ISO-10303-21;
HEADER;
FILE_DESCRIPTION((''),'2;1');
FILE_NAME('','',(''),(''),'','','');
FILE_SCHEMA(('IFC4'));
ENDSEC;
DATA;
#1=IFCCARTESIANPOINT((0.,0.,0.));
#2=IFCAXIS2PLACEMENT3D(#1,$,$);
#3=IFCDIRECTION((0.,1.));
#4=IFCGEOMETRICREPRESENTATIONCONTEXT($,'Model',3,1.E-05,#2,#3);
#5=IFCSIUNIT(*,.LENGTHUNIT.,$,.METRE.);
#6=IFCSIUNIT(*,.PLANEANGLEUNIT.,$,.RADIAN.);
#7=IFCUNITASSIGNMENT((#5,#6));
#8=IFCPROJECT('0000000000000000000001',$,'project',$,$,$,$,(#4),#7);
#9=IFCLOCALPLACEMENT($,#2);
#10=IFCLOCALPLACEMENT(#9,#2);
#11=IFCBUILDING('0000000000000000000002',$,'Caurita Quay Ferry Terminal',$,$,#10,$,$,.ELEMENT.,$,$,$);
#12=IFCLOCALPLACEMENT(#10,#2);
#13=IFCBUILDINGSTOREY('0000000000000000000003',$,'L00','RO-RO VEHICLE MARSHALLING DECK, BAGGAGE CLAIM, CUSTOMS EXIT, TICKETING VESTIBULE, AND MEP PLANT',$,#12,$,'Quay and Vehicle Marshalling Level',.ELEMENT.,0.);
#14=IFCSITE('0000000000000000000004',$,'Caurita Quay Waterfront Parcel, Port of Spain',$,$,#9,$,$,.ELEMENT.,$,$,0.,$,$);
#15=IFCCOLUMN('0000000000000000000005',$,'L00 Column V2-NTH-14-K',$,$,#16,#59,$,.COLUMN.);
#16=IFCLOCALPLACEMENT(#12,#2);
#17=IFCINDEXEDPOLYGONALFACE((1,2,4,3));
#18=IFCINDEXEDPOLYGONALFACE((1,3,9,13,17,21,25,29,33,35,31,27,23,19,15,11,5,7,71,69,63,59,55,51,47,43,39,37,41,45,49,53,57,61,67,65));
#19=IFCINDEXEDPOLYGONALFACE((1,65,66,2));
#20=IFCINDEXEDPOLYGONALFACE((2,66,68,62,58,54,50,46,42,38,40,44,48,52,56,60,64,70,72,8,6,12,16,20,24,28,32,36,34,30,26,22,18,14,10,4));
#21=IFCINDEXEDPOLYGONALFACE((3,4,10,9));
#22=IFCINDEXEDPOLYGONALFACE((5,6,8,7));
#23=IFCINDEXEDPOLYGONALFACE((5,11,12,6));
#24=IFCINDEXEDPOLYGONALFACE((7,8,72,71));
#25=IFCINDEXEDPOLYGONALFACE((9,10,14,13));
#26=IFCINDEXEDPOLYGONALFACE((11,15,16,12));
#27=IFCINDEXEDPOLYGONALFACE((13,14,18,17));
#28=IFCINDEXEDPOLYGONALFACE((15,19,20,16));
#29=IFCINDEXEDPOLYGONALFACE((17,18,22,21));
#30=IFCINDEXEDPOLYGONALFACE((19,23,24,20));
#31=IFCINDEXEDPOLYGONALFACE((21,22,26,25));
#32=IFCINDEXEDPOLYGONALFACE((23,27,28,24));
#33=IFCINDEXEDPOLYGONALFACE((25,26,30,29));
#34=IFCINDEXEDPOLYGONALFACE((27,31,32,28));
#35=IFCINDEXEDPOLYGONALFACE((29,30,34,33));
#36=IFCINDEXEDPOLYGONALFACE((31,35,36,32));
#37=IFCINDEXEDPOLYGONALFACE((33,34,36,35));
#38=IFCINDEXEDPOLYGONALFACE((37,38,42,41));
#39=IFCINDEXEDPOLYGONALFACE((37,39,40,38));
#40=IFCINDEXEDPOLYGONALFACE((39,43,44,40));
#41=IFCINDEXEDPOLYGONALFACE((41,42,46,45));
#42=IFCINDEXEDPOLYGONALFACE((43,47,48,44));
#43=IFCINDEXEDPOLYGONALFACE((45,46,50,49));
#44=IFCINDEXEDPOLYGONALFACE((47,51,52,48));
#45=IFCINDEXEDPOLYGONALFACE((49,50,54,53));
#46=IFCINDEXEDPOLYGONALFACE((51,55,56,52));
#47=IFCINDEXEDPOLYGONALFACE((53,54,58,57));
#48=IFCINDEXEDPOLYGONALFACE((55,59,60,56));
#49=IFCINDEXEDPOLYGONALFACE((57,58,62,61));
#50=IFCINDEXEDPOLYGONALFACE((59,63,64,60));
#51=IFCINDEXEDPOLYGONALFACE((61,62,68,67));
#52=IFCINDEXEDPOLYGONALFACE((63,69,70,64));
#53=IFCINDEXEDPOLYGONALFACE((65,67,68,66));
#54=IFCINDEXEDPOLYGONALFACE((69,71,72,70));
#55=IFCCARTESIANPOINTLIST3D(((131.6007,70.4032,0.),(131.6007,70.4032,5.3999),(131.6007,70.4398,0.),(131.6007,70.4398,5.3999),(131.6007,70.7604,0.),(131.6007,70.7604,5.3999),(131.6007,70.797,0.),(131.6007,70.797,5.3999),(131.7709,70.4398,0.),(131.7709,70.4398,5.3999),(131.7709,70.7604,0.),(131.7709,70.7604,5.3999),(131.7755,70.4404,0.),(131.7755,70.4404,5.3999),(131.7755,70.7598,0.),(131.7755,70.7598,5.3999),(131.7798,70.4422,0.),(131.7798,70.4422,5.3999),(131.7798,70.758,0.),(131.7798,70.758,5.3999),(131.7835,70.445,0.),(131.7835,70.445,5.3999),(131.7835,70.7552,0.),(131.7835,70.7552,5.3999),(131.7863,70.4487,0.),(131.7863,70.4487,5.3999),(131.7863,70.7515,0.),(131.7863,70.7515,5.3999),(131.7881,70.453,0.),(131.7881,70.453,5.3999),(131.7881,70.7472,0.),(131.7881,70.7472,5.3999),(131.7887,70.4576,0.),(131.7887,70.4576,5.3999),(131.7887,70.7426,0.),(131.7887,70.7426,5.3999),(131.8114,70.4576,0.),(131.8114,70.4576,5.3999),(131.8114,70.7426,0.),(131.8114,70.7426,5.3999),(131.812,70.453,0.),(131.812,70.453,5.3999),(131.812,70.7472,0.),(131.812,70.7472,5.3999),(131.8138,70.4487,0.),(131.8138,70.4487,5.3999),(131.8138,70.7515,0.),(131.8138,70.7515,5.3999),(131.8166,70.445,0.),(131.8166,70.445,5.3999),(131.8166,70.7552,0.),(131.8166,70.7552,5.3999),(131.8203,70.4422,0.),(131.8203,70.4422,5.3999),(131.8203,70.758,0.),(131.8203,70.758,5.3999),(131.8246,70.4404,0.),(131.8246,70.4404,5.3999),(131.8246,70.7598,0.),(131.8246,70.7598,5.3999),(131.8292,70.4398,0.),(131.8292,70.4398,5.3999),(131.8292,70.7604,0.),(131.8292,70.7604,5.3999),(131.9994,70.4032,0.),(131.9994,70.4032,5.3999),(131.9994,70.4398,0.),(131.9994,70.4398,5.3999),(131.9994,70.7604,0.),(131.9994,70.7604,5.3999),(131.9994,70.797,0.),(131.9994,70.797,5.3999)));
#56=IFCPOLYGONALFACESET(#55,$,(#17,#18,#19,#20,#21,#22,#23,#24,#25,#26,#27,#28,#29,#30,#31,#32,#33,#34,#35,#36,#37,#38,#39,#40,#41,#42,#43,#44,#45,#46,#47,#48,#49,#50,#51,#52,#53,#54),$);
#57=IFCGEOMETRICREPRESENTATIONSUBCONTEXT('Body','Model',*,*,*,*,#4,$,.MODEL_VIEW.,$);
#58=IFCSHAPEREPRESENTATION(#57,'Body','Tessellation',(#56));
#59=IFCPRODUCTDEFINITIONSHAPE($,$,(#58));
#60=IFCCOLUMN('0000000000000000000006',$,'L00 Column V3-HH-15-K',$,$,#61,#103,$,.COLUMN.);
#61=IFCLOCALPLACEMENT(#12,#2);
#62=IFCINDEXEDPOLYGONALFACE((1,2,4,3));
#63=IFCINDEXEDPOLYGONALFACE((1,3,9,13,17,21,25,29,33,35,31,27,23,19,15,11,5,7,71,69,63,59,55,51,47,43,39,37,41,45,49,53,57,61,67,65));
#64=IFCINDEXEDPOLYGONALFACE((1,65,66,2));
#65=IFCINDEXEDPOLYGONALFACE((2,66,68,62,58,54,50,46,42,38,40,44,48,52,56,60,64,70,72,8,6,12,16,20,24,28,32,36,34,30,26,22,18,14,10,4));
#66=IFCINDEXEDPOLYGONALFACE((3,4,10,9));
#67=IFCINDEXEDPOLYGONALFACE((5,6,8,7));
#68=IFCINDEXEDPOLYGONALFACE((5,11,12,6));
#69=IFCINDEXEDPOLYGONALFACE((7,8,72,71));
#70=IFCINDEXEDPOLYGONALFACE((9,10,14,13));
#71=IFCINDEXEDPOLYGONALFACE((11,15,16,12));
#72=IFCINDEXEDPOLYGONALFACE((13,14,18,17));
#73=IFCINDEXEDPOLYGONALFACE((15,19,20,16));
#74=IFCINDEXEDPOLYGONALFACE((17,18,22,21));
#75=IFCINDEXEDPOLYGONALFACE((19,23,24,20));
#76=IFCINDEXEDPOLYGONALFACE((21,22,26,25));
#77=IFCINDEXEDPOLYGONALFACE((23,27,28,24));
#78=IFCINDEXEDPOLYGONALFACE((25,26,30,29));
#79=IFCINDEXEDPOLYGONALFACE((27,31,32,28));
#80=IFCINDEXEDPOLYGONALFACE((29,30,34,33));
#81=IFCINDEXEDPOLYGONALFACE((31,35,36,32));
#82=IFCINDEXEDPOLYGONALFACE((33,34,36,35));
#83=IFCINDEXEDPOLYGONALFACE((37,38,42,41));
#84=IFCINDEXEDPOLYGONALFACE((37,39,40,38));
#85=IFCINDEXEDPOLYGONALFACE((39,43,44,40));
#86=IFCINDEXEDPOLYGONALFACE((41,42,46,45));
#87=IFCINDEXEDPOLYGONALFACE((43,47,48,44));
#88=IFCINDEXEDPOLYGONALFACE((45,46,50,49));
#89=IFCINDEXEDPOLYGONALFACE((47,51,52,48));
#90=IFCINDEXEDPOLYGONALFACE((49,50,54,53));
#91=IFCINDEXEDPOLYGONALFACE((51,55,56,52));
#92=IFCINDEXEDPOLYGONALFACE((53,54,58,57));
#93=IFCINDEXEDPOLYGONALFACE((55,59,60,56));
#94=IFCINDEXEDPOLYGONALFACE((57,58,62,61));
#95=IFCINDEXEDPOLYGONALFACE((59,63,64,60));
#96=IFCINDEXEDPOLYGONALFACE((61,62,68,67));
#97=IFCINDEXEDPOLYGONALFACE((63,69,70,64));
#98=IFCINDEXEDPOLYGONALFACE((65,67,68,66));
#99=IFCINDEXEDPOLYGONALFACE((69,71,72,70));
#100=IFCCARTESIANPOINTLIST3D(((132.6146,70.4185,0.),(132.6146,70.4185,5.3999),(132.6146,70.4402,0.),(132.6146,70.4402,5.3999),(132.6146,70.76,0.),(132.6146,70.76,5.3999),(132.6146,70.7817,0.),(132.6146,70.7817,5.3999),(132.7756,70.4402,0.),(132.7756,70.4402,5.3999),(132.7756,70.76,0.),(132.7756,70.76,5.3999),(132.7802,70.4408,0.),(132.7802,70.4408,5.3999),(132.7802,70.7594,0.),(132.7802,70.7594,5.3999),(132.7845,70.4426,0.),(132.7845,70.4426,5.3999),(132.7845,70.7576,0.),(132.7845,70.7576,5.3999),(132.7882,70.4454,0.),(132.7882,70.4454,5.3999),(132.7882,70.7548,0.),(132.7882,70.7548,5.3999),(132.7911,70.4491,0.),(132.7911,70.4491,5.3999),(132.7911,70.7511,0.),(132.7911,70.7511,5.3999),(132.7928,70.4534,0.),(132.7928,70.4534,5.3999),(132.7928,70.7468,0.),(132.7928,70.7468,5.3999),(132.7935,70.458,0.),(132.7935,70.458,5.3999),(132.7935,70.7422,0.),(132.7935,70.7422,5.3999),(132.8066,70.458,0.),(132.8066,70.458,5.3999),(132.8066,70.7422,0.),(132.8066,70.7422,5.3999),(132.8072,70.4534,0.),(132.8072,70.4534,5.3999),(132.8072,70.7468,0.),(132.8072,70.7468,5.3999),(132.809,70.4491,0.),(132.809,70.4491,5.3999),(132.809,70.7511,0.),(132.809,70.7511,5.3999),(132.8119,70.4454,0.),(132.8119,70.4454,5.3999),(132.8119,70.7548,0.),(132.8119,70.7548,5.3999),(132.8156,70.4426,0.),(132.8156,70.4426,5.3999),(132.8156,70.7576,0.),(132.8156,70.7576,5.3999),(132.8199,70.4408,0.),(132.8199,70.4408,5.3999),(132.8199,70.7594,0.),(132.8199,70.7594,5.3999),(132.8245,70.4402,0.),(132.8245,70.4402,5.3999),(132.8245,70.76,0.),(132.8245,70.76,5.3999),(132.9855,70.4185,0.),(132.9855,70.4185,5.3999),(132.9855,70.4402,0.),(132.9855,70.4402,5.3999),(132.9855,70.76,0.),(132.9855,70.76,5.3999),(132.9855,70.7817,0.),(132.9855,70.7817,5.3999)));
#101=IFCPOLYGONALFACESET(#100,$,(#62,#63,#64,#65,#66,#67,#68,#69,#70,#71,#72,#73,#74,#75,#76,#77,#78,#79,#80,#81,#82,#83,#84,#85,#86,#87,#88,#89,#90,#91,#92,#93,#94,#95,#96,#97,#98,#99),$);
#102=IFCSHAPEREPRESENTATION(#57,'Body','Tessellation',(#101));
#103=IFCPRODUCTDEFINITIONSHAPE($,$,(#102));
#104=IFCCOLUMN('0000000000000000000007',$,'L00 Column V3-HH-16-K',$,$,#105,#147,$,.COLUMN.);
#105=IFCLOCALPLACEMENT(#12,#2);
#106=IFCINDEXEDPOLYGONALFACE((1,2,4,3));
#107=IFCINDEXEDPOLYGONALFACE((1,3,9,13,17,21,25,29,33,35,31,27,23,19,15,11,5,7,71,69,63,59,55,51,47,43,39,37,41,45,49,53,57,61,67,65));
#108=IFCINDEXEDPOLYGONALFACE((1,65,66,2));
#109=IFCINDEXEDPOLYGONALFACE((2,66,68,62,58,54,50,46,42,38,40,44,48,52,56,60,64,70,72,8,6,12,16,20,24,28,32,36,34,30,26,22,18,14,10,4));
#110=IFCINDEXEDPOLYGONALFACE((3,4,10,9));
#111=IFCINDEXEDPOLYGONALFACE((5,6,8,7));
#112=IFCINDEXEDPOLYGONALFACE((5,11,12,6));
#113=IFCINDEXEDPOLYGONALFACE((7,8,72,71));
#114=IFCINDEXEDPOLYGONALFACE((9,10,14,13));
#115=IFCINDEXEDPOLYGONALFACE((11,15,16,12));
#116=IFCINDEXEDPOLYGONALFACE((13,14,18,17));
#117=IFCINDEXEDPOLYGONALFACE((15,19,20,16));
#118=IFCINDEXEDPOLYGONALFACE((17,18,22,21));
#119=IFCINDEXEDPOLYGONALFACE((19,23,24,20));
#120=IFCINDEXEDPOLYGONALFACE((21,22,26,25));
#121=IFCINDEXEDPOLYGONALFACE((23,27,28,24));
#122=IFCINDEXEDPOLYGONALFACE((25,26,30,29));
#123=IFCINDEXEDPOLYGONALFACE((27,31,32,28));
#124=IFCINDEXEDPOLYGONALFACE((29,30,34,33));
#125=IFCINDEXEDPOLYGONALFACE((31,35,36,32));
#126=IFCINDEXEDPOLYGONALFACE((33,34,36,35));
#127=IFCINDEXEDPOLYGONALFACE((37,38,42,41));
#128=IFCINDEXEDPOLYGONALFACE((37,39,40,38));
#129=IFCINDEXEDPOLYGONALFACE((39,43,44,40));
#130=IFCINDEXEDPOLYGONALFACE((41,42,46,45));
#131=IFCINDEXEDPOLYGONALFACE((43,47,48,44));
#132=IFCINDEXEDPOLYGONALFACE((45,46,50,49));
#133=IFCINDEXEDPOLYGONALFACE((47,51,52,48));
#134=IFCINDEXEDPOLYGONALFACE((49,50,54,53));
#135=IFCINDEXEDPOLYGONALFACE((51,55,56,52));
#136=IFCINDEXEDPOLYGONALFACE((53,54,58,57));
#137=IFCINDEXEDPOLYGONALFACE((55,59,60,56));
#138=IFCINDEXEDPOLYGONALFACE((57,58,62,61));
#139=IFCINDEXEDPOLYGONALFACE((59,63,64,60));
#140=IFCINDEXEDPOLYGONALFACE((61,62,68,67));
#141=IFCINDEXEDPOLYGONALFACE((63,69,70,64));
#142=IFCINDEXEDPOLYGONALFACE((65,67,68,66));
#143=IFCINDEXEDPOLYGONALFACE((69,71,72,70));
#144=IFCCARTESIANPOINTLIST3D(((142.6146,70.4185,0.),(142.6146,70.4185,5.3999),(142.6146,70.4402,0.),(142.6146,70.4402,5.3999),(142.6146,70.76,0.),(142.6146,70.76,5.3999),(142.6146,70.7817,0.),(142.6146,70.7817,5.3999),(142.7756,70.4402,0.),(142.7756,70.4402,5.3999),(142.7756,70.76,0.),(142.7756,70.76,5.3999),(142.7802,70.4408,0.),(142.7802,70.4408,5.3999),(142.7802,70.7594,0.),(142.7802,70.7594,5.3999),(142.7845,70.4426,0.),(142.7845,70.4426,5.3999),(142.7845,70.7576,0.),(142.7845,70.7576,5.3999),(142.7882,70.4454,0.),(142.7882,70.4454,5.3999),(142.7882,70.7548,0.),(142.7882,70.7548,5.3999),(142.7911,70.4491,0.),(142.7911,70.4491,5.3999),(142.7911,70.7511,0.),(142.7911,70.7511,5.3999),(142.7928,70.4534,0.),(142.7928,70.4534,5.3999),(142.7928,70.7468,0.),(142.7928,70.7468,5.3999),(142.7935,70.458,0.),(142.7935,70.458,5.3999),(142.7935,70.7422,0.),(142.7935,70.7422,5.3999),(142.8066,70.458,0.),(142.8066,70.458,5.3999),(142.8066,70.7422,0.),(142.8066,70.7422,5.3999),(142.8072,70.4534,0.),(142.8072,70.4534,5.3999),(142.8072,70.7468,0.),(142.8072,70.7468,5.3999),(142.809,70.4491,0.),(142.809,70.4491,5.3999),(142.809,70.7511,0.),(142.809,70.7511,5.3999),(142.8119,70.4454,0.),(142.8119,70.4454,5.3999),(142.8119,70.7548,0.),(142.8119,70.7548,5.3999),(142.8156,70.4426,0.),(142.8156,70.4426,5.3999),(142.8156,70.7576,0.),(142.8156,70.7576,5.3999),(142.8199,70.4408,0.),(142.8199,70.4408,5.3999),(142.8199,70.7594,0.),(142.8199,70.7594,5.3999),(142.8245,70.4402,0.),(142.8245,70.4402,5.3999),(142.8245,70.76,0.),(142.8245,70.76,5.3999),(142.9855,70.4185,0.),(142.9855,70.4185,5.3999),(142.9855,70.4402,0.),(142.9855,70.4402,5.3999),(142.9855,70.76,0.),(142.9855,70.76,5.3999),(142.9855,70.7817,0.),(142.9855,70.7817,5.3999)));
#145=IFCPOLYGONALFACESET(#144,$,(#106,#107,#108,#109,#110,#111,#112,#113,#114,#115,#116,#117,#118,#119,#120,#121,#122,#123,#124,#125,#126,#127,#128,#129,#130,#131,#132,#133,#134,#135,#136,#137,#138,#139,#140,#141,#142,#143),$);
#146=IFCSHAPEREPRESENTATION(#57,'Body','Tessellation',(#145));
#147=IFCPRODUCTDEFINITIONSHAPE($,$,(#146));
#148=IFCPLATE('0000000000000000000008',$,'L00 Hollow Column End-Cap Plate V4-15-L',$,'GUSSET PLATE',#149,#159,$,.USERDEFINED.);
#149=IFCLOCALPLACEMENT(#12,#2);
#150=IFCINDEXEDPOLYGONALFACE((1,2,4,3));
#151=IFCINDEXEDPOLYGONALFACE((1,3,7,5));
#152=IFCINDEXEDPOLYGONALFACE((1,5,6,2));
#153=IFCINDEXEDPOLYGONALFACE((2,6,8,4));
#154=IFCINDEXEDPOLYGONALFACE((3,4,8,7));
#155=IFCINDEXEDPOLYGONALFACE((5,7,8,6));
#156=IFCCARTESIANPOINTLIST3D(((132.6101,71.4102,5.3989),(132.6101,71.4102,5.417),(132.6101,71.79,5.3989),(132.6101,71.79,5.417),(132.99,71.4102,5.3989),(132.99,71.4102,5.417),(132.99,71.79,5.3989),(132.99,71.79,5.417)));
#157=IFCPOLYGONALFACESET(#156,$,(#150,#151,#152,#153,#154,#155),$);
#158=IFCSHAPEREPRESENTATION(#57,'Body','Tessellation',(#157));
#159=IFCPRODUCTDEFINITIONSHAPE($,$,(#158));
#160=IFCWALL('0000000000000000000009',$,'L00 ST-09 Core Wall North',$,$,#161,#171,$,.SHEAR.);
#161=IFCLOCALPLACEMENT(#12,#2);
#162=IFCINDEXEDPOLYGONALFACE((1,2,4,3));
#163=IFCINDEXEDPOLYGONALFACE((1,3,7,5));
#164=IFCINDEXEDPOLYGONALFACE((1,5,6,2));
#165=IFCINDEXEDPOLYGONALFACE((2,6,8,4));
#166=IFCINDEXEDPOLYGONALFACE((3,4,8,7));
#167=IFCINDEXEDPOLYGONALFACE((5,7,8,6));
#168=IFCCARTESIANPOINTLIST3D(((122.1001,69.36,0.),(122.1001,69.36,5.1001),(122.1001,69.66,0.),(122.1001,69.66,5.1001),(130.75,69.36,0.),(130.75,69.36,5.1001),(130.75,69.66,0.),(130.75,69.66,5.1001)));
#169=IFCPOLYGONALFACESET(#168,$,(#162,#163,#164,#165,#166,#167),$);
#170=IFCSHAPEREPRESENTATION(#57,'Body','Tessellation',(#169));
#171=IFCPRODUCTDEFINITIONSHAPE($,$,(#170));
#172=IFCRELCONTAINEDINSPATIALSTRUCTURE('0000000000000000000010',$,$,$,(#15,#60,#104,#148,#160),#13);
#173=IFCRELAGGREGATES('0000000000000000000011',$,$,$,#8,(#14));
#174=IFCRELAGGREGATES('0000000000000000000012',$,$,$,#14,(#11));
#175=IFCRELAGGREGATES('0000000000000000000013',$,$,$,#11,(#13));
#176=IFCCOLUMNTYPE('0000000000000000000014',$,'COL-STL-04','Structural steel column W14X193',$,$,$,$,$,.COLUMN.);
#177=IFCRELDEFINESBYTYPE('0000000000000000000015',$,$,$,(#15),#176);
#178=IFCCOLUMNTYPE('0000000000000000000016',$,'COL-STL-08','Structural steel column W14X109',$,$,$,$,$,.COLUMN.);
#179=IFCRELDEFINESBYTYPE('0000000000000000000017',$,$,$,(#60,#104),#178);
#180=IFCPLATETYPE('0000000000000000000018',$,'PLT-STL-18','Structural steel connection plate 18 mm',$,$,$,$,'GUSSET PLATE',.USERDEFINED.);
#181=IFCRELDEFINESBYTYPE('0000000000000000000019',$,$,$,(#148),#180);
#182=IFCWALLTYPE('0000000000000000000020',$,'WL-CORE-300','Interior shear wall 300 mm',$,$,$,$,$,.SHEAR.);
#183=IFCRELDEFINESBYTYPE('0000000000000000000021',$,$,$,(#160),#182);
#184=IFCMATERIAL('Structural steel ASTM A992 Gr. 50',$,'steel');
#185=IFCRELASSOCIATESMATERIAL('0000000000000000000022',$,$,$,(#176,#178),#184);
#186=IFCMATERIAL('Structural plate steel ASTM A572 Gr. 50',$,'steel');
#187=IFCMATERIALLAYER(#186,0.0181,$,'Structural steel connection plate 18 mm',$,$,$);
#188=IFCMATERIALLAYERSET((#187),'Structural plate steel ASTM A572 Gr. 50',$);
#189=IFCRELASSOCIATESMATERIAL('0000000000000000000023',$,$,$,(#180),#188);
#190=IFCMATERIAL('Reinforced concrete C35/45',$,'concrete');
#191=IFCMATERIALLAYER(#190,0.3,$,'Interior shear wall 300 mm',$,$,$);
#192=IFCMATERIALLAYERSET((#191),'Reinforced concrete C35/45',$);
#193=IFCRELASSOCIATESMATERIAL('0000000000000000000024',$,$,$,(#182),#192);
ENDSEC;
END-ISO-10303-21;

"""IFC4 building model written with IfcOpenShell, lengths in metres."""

from ifc_helpers import new_model, si_unit, direction, frame, frame_2d, origin, origin_2d, place, context, subcontext, project, spatial, rectangle, i_section, extrude, material, layer, layer_set, material_profile, profile_set, type_object, element, save


model = new_model("IFC4")

# Units and contexts
model_context = context("Model", 3, precision=1e-05, world=origin(), true_north=direction((0.0, 1.0)))
body_context = subcontext(model_context, "Body", "Model", "MODEL_VIEW")
ifc_project = project(units=[si_unit("LENGTHUNIT", "METRE"), si_unit("PLANEANGLEUNIT", "RADIAN")], contexts=[model_context])

# Site, building, storey
site_placement = place(None, origin())
site = spatial("IfcSite", under=ifc_project, at=site_placement, Name="Caurita Quay Waterfront Parcel, Port of Spain", CompositionType="ELEMENT", RefElevation=0.0)
building_placement = place(site_placement, origin())
building = spatial("IfcBuilding", under=site, at=building_placement, Name="Caurita Quay Ferry Terminal", CompositionType="ELEMENT")
storey_placement = place(building_placement, origin())
storey = spatial("IfcBuildingStorey", under=building, at=storey_placement, Name="L00", Description="RO-RO VEHICLE MARSHALLING DECK, BAGGAGE CLAIM, CUSTOMS EXIT, TICKETING VESTIBULE, AND MEP PLANT", LongName="Quay and Vehicle Marshalling Level", CompositionType="ELEMENT", Elevation=0.0)

# Columns
ifc_material_1 = material(Name="Structural steel ASTM A992 Gr. 50", Category="steel")
ifc_material_profile_1 = material_profile(ifc_material_1, i_section(OverallWidth=0.3987, OverallDepth=0.3938, WebThickness=0.0227, FlangeThickness=0.0366, FilletRadius=0.0178, at=origin_2d()), Name="W14X193")
ifc_profile_set_1 = profile_set([ifc_material_profile_1], Name="Structural steel ASTM A992 Gr. 50")
column_type_1 = type_object("IfcColumnType", Name="COL-STL-04", Description="Structural steel column W14X193", PredefinedType="COLUMN", material=ifc_profile_set_1)
column_1_placement = place(storey_placement, frame((131.8, 70.6001, 0.0), z_axis=(0.0, 0.0, 1.0), x_axis=(1.0, 0.0, 0.0)))
element("IfcColumn", 1, at=column_1_placement, inside=storey, type_object=column_type_1, Name="L00 Column V2-NTH-14-K", PredefinedType="COLUMN", context=body_context, shape_type="SweptSolid", body=[
    extrude(i_section(OverallWidth=0.3987, OverallDepth=0.3938, WebThickness=0.0227, FlangeThickness=0.0366, FilletRadius=0.0178, at=origin_2d()), origin(), (0.0, 0.0, 1.0), 5.3999),
])
ifc_material_profile_2 = material_profile(ifc_material_1, i_section(OverallWidth=0.3708, OverallDepth=0.3633, WebThickness=0.0132, FlangeThickness=0.0217, FilletRadius=0.0178, at=origin_2d()), Name="W14X109")
ifc_profile_set_2 = profile_set([ifc_material_profile_2], Name="Structural steel ASTM A992 Gr. 50")
column_type_2 = type_object("IfcColumnType", Name="COL-STL-08", Description="Structural steel column W14X109", PredefinedType="COLUMN", material=ifc_profile_set_2)
for number, where, z_axis, x_axis, name in (
    (2, (132.8, 70.6001, 0.0), (0.0, 0.0, 1.0), (1.0, 0.0, 0.0), "L00 Column V3-HH-15-K"),
    (3, (142.8, 70.6001, 0.0), (0.0, 0.0, 1.0), (1.0, 0.0, 0.0), "L00 Column V3-HH-16-K"),
):
    element("IfcColumn", number, at=place(storey_placement, frame(where, z_axis=z_axis, x_axis=x_axis)), inside=storey, type_object=column_type_2, Name=name, PredefinedType="COLUMN", context=body_context, shape_type="SweptSolid", body=[
        extrude(i_section(OverallWidth=0.3708, OverallDepth=0.3633, WebThickness=0.0132, FlangeThickness=0.0217, FilletRadius=0.0178, at=origin_2d()), origin(), (0.0, 0.0, 1.0), 5.3999),
    ])

# Plate
ifc_material_2 = material(Name="Structural plate steel ASTM A572 Gr. 50", Category="steel")
ifc_layer_1 = layer(ifc_material_2, 0.0181, Name="Structural steel connection plate 18 mm")
ifc_layer_set_1 = layer_set([ifc_layer_1], Name="Structural plate steel ASTM A572 Gr. 50")
plate_type = type_object("IfcPlateType", Name="PLT-STL-18", Description="Structural steel connection plate 18 mm", ElementType="GUSSET PLATE", PredefinedType="USERDEFINED", material=ifc_layer_set_1)
plate_placement = place(storey_placement, frame((132.8, 71.6001, 5.3989), z_axis=(0.0, 0.0, 1.0), x_axis=(1.0, 0.0, 0.0)))
element("IfcPlate", 4, at=plate_placement, inside=storey, type_object=plate_type, Name="L00 Hollow Column End-Cap Plate V4-15-L", ObjectType="GUSSET PLATE", PredefinedType="USERDEFINED", context=body_context, shape_type="SweptSolid", body=[
    extrude(rectangle(XDim=0.3799, YDim=0.3799, at=origin_2d()), origin(), (0.0, 0.0, 1.0), 0.0181),
])

# Wall
ifc_material_3 = material(Name="Reinforced concrete C35/45", Category="concrete")
ifc_layer_2 = layer(ifc_material_3, 0.3, Name="Interior shear wall 300 mm")
ifc_layer_set_2 = layer_set([ifc_layer_2], Name="Reinforced concrete C35/45")
wall_type_1 = type_object("IfcWallType", Name="WL-CORE-300", Description="Interior shear wall 300 mm", PredefinedType="SHEAR", material=ifc_layer_set_2)
wall_1_placement = place(storey_placement, frame((130.75, 69.51, 0.0), z_axis=(0.0, 0.0, 1.0), x_axis=(-1.0, 0.0, 0.0)))
element("IfcWall", 5, at=wall_1_placement, inside=storey, type_object=wall_type_1, Name="L00 ST-09 Core Wall North", PredefinedType="SHEAR", context=body_context, shape_type="SweptSolid", body=[
    extrude(rectangle(XDim=8.6499, YDim=0.3, at=frame_2d((4.325, 0.0))), origin(), (0.0, 0.0, 1.0), 5.1001),
])

save(model, "model.ifc")
